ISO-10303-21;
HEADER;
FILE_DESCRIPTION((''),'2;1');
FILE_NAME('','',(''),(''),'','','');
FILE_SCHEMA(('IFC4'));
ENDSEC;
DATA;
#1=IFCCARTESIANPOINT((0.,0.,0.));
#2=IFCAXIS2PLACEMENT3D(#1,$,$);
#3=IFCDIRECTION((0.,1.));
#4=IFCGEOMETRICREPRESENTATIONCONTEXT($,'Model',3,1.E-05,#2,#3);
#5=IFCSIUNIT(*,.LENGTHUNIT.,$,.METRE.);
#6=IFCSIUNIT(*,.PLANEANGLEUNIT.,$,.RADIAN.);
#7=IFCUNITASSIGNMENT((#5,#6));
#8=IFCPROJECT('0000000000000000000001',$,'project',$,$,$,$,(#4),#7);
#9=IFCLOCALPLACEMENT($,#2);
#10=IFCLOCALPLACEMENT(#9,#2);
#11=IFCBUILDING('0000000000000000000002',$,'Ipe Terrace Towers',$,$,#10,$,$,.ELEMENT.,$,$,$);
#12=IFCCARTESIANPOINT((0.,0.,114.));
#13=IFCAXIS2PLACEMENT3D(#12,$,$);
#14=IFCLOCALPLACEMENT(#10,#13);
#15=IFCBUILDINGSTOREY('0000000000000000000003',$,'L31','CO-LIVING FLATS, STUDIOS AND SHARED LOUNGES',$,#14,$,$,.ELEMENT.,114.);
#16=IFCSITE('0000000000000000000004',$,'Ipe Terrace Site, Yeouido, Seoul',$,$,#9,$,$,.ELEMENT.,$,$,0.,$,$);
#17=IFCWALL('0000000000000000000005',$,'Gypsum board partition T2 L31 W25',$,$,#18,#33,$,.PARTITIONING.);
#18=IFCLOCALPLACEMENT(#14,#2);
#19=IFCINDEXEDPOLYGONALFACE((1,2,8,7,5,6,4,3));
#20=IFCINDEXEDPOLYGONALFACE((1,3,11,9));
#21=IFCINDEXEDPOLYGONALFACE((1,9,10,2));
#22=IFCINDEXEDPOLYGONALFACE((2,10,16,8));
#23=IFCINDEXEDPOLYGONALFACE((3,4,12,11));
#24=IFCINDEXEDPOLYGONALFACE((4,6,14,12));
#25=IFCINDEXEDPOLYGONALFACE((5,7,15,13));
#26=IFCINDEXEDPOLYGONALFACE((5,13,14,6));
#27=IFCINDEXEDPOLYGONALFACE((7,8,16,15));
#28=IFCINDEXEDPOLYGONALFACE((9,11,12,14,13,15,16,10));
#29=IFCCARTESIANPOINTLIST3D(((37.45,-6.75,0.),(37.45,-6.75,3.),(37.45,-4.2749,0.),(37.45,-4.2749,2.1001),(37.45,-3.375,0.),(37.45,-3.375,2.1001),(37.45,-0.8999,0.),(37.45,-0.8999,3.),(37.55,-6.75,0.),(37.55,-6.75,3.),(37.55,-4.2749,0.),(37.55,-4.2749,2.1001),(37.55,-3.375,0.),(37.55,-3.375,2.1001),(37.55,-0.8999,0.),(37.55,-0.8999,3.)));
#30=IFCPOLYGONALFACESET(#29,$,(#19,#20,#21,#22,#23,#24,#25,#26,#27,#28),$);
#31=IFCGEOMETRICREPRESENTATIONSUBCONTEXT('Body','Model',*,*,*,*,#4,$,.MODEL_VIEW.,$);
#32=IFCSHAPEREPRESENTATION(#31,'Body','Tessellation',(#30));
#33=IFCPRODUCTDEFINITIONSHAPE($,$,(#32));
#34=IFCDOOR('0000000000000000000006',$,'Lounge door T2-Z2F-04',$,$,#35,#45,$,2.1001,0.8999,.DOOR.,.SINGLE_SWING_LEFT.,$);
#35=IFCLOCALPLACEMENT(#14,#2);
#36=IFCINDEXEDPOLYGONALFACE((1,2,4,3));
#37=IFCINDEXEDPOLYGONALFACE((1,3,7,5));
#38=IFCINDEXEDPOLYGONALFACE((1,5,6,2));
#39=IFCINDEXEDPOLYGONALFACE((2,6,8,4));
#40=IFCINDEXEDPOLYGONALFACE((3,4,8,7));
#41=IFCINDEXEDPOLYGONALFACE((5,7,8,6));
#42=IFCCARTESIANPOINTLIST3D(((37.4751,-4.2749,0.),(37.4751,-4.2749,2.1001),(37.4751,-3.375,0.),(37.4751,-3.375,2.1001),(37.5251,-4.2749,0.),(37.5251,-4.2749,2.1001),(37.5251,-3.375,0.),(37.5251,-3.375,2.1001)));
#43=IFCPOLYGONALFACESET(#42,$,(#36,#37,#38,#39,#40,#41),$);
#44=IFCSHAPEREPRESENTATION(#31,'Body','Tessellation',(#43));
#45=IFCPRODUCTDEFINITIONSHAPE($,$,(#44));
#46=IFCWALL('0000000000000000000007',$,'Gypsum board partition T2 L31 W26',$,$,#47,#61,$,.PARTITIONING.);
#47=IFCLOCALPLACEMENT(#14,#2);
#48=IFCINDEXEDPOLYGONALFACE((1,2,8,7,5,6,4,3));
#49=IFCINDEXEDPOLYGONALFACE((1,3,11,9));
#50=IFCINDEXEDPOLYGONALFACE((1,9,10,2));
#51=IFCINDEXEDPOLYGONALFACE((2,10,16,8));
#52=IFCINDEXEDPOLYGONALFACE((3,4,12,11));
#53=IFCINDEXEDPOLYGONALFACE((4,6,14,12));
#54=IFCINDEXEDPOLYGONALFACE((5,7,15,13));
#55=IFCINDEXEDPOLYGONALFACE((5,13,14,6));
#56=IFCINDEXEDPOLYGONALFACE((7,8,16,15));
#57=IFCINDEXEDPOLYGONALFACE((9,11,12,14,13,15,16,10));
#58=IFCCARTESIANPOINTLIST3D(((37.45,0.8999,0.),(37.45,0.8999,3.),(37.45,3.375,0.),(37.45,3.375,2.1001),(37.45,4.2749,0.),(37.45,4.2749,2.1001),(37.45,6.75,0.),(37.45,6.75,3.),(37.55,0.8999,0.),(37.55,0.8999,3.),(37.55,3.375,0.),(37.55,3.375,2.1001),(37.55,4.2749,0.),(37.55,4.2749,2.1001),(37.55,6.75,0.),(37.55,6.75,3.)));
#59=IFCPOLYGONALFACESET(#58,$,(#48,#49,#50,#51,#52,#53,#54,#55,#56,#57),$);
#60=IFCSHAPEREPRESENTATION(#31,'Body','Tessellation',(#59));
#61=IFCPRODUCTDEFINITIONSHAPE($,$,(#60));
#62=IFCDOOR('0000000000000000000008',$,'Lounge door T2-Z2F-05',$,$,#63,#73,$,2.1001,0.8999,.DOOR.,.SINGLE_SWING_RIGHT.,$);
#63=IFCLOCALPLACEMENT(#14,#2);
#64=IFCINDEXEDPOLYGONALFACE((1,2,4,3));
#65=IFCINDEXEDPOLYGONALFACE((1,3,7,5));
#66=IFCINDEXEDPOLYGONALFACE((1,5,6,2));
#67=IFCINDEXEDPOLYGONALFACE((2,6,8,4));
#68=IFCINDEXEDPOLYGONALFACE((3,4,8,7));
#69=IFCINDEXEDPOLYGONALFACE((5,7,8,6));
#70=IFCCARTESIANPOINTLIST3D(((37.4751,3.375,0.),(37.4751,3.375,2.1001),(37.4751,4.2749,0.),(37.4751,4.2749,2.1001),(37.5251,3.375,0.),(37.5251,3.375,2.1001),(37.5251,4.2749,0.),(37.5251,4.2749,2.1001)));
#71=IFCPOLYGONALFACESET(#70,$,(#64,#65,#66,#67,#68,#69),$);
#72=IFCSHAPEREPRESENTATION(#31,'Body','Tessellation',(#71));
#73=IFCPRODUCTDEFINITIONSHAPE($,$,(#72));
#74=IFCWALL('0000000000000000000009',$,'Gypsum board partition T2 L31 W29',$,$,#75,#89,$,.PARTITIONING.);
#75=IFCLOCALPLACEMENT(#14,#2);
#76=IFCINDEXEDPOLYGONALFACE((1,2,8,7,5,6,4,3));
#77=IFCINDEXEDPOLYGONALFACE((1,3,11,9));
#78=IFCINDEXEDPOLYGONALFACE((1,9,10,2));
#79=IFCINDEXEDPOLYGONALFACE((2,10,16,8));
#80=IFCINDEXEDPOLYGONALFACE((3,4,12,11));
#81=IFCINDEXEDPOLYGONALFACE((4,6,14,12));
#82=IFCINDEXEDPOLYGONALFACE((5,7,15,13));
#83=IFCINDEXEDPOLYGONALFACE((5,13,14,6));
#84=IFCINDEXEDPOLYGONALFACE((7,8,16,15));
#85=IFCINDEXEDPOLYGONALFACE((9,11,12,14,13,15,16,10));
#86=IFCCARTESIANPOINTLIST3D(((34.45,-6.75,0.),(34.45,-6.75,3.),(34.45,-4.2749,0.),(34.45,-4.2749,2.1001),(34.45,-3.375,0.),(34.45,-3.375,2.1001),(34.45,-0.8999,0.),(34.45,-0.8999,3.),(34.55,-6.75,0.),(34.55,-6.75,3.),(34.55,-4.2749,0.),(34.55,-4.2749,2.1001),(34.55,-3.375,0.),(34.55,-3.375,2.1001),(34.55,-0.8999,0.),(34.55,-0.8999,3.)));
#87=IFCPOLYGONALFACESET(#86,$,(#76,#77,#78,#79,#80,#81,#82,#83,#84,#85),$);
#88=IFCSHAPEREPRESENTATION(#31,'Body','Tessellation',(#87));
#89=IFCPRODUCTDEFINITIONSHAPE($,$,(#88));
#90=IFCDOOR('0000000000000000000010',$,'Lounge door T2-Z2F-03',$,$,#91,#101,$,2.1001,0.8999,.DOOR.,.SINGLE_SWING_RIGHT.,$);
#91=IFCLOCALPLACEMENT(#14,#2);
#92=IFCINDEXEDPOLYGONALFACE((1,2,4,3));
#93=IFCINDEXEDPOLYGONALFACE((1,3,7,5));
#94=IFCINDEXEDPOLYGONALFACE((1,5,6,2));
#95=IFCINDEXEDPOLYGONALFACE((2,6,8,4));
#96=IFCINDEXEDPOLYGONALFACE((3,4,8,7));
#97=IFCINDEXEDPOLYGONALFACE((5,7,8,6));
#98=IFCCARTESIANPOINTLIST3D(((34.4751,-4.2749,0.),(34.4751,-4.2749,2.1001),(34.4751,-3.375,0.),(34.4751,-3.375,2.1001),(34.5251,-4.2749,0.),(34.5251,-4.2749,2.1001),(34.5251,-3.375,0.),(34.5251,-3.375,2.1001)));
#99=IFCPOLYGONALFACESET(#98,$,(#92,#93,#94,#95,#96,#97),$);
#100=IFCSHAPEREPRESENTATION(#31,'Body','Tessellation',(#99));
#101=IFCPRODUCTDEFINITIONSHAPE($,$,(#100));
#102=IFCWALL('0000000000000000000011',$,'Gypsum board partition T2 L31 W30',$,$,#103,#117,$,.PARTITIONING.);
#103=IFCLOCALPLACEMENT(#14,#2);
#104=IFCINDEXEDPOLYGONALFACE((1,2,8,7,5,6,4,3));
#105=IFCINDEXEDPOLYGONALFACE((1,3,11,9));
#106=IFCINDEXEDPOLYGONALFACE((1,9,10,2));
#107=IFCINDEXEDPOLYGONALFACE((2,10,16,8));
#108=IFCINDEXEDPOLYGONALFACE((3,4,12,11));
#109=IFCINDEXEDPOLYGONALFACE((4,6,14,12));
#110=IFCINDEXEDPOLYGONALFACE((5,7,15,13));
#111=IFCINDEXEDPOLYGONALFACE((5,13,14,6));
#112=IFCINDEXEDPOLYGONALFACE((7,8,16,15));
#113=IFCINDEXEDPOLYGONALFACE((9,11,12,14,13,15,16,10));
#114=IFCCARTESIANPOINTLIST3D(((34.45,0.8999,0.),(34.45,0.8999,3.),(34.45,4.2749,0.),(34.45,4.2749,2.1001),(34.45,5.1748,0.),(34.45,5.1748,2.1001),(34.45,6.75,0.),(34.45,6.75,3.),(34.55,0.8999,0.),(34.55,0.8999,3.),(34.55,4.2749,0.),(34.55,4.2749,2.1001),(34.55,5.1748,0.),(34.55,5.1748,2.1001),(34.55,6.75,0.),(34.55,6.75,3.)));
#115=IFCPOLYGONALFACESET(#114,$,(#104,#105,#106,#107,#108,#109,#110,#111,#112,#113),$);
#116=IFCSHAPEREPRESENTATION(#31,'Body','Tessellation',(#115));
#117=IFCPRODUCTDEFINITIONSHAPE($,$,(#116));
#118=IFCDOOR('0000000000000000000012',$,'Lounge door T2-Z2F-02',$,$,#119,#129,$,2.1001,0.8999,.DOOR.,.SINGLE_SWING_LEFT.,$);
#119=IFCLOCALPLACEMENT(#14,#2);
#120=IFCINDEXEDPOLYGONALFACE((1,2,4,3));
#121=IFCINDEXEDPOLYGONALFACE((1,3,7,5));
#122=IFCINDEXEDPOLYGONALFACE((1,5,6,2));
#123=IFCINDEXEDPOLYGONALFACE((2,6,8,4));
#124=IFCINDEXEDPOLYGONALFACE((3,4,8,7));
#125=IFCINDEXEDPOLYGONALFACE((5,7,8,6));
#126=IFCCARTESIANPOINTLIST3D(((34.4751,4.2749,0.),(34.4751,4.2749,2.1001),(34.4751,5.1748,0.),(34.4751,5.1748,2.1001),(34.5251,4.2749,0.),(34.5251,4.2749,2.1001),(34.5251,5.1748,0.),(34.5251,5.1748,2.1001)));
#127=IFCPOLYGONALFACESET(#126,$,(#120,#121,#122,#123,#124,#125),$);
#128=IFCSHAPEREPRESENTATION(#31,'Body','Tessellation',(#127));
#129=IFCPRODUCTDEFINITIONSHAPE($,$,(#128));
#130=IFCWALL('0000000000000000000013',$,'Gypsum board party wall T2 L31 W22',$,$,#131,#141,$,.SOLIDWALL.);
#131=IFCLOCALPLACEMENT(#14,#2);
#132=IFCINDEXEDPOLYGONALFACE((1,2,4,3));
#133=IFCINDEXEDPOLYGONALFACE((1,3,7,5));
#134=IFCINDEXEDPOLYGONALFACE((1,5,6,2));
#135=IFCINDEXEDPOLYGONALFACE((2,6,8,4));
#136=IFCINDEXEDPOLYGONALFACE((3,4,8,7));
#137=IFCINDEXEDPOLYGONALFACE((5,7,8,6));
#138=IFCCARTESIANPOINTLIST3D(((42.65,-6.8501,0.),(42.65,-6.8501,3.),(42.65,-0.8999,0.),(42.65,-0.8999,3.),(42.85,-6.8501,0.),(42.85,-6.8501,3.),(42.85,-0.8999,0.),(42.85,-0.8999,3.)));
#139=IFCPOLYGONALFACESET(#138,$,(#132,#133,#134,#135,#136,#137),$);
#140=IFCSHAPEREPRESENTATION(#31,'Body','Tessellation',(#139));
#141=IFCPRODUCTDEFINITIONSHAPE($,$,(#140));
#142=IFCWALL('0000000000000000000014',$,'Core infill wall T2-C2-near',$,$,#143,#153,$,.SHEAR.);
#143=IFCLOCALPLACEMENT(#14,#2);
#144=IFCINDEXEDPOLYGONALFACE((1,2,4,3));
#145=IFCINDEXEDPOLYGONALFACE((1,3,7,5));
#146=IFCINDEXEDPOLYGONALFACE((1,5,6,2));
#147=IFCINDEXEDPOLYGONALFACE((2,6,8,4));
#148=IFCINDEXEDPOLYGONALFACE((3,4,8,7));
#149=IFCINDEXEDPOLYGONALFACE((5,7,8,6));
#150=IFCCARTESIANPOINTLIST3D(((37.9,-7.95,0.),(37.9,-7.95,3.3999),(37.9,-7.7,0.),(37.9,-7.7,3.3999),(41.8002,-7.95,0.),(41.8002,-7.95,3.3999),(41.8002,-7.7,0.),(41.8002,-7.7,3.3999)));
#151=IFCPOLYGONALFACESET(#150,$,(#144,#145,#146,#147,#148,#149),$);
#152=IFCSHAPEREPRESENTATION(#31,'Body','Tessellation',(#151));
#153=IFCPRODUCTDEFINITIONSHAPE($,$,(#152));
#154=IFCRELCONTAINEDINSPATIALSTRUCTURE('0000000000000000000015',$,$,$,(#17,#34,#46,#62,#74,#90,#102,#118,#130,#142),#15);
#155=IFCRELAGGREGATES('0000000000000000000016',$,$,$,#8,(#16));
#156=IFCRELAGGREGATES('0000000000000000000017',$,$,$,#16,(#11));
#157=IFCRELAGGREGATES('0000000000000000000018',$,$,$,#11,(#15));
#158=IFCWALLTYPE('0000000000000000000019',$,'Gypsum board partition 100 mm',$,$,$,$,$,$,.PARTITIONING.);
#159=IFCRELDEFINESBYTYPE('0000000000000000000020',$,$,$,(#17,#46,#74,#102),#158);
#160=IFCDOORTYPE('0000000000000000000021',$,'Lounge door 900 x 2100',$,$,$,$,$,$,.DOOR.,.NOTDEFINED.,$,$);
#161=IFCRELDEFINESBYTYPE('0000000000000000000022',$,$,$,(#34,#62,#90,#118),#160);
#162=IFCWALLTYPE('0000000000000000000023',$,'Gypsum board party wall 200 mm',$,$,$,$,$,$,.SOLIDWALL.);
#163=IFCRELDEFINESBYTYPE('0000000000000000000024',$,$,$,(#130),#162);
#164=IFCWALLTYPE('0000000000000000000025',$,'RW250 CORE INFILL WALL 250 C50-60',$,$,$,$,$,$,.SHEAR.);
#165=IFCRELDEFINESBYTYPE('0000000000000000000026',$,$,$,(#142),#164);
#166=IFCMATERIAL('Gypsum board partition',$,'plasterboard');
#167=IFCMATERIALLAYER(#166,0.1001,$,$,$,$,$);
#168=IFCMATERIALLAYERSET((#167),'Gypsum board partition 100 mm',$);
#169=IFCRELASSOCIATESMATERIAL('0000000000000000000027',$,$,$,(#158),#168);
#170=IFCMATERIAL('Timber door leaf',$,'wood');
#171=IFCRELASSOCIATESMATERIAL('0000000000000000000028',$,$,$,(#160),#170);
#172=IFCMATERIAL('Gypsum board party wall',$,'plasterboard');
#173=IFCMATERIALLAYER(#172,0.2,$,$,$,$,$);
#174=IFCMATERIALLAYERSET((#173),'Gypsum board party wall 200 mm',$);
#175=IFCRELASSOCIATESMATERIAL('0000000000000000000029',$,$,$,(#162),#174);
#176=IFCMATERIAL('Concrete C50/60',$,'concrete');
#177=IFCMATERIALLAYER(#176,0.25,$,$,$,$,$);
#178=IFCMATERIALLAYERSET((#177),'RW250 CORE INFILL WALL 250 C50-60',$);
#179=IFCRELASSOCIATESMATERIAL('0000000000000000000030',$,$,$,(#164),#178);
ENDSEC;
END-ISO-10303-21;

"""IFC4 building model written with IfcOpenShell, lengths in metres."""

from ifc_helpers import new_model, si_unit, direction, frame, frame_2d, origin, place, context, subcontext, project, spatial, rectangle, extrude, material, layer, layer_set, type_object, element, fill, save


model = new_model("IFC4")

# Units and contexts
model_context = context("Model", 3, precision=1e-05, world=origin(), true_north=direction((0.0, 1.0)))
body_context = subcontext(model_context, "Body", "Model", "MODEL_VIEW")
ifc_project = project(units=[si_unit("LENGTHUNIT", "METRE"), si_unit("PLANEANGLEUNIT", "RADIAN")], contexts=[model_context])

# Site, building, storey
site_placement = place(None, origin())
site = spatial("IfcSite", under=ifc_project, at=site_placement, Name="Ipe Terrace Site, Yeouido, Seoul", CompositionType="ELEMENT", RefElevation=0.0)
building_placement = place(site_placement, origin())
building = spatial("IfcBuilding", under=site, at=building_placement, Name="Ipe Terrace Towers", CompositionType="ELEMENT")
storey_placement = place(building_placement, frame((0.0, 0.0, 114.0)))
storey = spatial("IfcBuildingStorey", under=building, at=storey_placement, Name="L31", Description="CO-LIVING FLATS, STUDIOS AND SHARED LOUNGES", CompositionType="ELEMENT", Elevation=114.0)

# Shared definitions
ifc_material_1 = material(Name="Gypsum board partition", Category="plasterboard")
ifc_layer_1 = layer(ifc_material_1, 0.1001)
ifc_layer_set_1 = layer_set([ifc_layer_1], Name="Gypsum board partition 100 mm")
wall_type_1 = type_object("IfcWallType", Name="Gypsum board partition 100 mm", PredefinedType="PARTITIONING", material=ifc_layer_set_1)

# Walls, openings, doors
wall_1_placement = place(storey_placement, frame((37.5, -6.75, 0.0), z_axis=(0.0, 0.0, 1.0), x_axis=(0.0, 1.0, 0.0)))
wall_1 = element("IfcWall", 1, at=wall_1_placement, inside=storey, type_object=wall_type_1, Name="Gypsum board partition T2 L31 W25", PredefinedType="PARTITIONING", context=body_context, shape_type="SweptSolid", body=[
    extrude(rectangle(XDim=5.8501, YDim=0.1001, at=frame_2d((2.925, 0.0))), origin(), (0.0, 0.0, 1.0), 3.0),
])
opening_1_placement = place(wall_1_placement, frame((2.4751, 0.0, 0.0)))
opening_1 = element("IfcOpeningElement", 2, at=opening_1_placement, cuts=wall_1, PredefinedType="OPENING", context=body_context, shape_type="SweptSolid", body=[
    extrude(rectangle(XDim=0.8999, YDim=2.1001, at=frame_2d((0.45, 1.05))), frame((0.0, 0.0601, 0.0), z_axis=(0.0, -1.0, 0.0), x_axis=(1.0, 0.0, 0.0)), (0.0, 0.0, 1.0), 0.1201),
])
ifc_material_2 = material(Name="Timber door leaf", Category="wood")
door_type_1 = type_object("IfcDoorType", Name="Lounge door 900 x 2100", OperationType="NOTDEFINED", PredefinedType="DOOR", material=ifc_material_2)
door_1_placement = place(opening_1_placement, origin())
door_1 = element("IfcDoor", 3, at=door_1_placement, inside=storey, type_object=door_type_1, Name="Lounge door T2-Z2F-04", OperationType="SINGLE_SWING_LEFT", OverallHeight=2.1001, OverallWidth=0.8999, PredefinedType="DOOR", context=body_context, shape_type="SweptSolid", body=[
    extrude(rectangle(XDim=0.8999, YDim=2.1001, at=frame_2d((0.45, 1.05))), frame((0.0, 0.0249, 0.0), z_axis=(0.0, -1.0, 0.0), x_axis=(1.0, 0.0, 0.0)), (0.0, 0.0, 1.0), 0.05),
])
fill(opening_1, door_1)
wall_2_placement = place(storey_placement, frame((37.5, 0.8999, 0.0), z_axis=(0.0, 0.0, 1.0), x_axis=(0.0, 1.0, 0.0)))
wall_2 = element("IfcWall", 4, at=wall_2_placement, inside=storey, type_object=wall_type_1, Name="Gypsum board partition T2 L31 W26", PredefinedType="PARTITIONING", context=body_context, shape_type="SweptSolid", body=[
    extrude(rectangle(XDim=5.8501, YDim=0.1001, at=frame_2d((2.925, 0.0))), origin(), (0.0, 0.0, 1.0), 3.0),
])
opening_2_placement = place(wall_2_placement, frame((2.4751, 0.0, 0.0)))
opening_2 = element("IfcOpeningElement", 5, at=opening_2_placement, cuts=wall_2, PredefinedType="OPENING", context=body_context, shape_type="SweptSolid", body=[
    extrude(rectangle(XDim=0.8999, YDim=2.1001, at=frame_2d((0.45, 1.05))), frame((0.0, 0.0601, 0.0), z_axis=(0.0, -1.0, 0.0), x_axis=(1.0, 0.0, 0.0)), (0.0, 0.0, 1.0), 0.1201),
])
door_2_placement = place(opening_2_placement, origin())
door_2 = element("IfcDoor", 6, at=door_2_placement, inside=storey, type_object=door_type_1, Name="Lounge door T2-Z2F-05", OperationType="SINGLE_SWING_RIGHT", OverallHeight=2.1001, OverallWidth=0.8999, PredefinedType="DOOR", context=body_context, shape_type="SweptSolid", body=[
    extrude(rectangle(XDim=0.8999, YDim=2.1001, at=frame_2d((0.45, 1.05))), frame((0.0, 0.0249, 0.0), z_axis=(0.0, -1.0, 0.0), x_axis=(1.0, 0.0, 0.0)), (0.0, 0.0, 1.0), 0.05),
])
fill(opening_2, door_2)
wall_3_placement = place(storey_placement, frame((34.5, -6.75, 0.0), z_axis=(0.0, 0.0, 1.0), x_axis=(0.0, 1.0, 0.0)))
wall_3 = element("IfcWall", 7, at=wall_3_placement, inside=storey, type_object=wall_type_1, Name="Gypsum board partition T2 L31 W29", PredefinedType="PARTITIONING", context=body_context, shape_type="SweptSolid", body=[
    extrude(rectangle(XDim=5.8501, YDim=0.1001, at=frame_2d((2.925, 0.0))), origin(), (0.0, 0.0, 1.0), 3.0),
])
opening_3_placement = place(wall_3_placement, frame((2.4751, 0.0, 0.0)))
opening_3 = element("IfcOpeningElement", 8, at=opening_3_placement, cuts=wall_3, PredefinedType="OPENING", context=body_context, shape_type="SweptSolid", body=[
    extrude(rectangle(XDim=0.8999, YDim=2.1001, at=frame_2d((0.45, 1.05))), frame((0.0, 0.0601, 0.0), z_axis=(0.0, -1.0, 0.0), x_axis=(1.0, 0.0, 0.0)), (0.0, 0.0, 1.0), 0.1201),
])
door_3_placement = place(opening_3_placement, origin())
door_3 = element("IfcDoor", 9, at=door_3_placement, inside=storey, type_object=door_type_1, Name="Lounge door T2-Z2F-03", OperationType="SINGLE_SWING_RIGHT", OverallHeight=2.1001, OverallWidth=0.8999, PredefinedType="DOOR", context=body_context, shape_type="SweptSolid", body=[
    extrude(rectangle(XDim=0.8999, YDim=2.1001, at=frame_2d((0.45, 1.05))), frame((0.0, 0.0249, 0.0), z_axis=(0.0, -1.0, 0.0), x_axis=(1.0, 0.0, 0.0)), (0.0, 0.0, 1.0), 0.05),
])
fill(opening_3, door_3)
wall_4_placement = place(storey_placement, frame((34.5, 0.8999, 0.0), z_axis=(0.0, 0.0, 1.0), x_axis=(0.0, 1.0, 0.0)))
wall_4 = element("IfcWall", 10, at=wall_4_placement, inside=storey, type_object=wall_type_1, Name="Gypsum board partition T2 L31 W30", PredefinedType="PARTITIONING", context=body_context, shape_type="SweptSolid", body=[
    extrude(rectangle(XDim=5.8501, YDim=0.1001, at=frame_2d((2.925, 0.0))), origin(), (0.0, 0.0, 1.0), 3.0),
])
opening_4_placement = place(wall_4_placement, frame((3.375, 0.0, 0.0)))
opening_4 = element("IfcOpeningElement", 11, at=opening_4_placement, cuts=wall_4, PredefinedType="OPENING", context=body_context, shape_type="SweptSolid", body=[
    extrude(rectangle(XDim=0.8999, YDim=2.1001, at=frame_2d((0.45, 1.05))), frame((0.0, 0.0601, 0.0), z_axis=(0.0, -1.0, 0.0), x_axis=(1.0, 0.0, 0.0)), (0.0, 0.0, 1.0), 0.1201),
])
door_4_placement = place(opening_4_placement, origin())
door_4 = element("IfcDoor", 12, at=door_4_placement, inside=storey, type_object=door_type_1, Name="Lounge door T2-Z2F-02", OperationType="SINGLE_SWING_LEFT", OverallHeight=2.1001, OverallWidth=0.8999, PredefinedType="DOOR", context=body_context, shape_type="SweptSolid", body=[
    extrude(rectangle(XDim=0.8999, YDim=2.1001, at=frame_2d((0.45, 1.05))), frame((0.0, 0.0249, 0.0), z_axis=(0.0, -1.0, 0.0), x_axis=(1.0, 0.0, 0.0)), (0.0, 0.0, 1.0), 0.05),
])
fill(opening_4, door_4)

# Walls
ifc_material_3 = material(Name="Gypsum board party wall", Category="plasterboard")
ifc_layer_2 = layer(ifc_material_3, 0.2)
ifc_layer_set_2 = layer_set([ifc_layer_2], Name="Gypsum board party wall 200 mm")
wall_type_2 = type_object("IfcWallType", Name="Gypsum board party wall 200 mm", PredefinedType="SOLIDWALL", material=ifc_layer_set_2)
wall_5_placement = place(storey_placement, frame((42.75, -6.8501, 0.0), z_axis=(0.0, 0.0, 1.0), x_axis=(0.0, 1.0, 0.0)))
element("IfcWall", 13, at=wall_5_placement, inside=storey, type_object=wall_type_2, Name="Gypsum board party wall T2 L31 W22", PredefinedType="SOLIDWALL", context=body_context, shape_type="SweptSolid", body=[
    extrude(rectangle(XDim=5.9502, YDim=0.2, at=frame_2d((2.9751, 0.0))), origin(), (0.0, 0.0, 1.0), 3.0),
])
ifc_material_4 = material(Name="Concrete C50/60", Category="concrete")
ifc_layer_3 = layer(ifc_material_4, 0.25)
ifc_layer_set_3 = layer_set([ifc_layer_3], Name="RW250 CORE INFILL WALL 250 C50-60")
wall_type_3 = type_object("IfcWallType", Name="RW250 CORE INFILL WALL 250 C50-60", PredefinedType="SHEAR", material=ifc_layer_set_3)
wall_6_placement = place(storey_placement, frame((37.8999, -7.825, 0.0), z_axis=(0.0, 0.0, 1.0), x_axis=(1.0, 0.0, 0.0)))
element("IfcWall", 14, at=wall_6_placement, inside=storey, type_object=wall_type_3, Name="Core infill wall T2-C2-near", PredefinedType="SHEAR", context=body_context, shape_type="SweptSolid", body=[
    extrude(rectangle(XDim=3.9001, YDim=0.25, at=frame_2d((1.9502, 0.0))), origin(), (0.0, 0.0, 1.0), 3.3999),
])

save(model, "model.ifc")
